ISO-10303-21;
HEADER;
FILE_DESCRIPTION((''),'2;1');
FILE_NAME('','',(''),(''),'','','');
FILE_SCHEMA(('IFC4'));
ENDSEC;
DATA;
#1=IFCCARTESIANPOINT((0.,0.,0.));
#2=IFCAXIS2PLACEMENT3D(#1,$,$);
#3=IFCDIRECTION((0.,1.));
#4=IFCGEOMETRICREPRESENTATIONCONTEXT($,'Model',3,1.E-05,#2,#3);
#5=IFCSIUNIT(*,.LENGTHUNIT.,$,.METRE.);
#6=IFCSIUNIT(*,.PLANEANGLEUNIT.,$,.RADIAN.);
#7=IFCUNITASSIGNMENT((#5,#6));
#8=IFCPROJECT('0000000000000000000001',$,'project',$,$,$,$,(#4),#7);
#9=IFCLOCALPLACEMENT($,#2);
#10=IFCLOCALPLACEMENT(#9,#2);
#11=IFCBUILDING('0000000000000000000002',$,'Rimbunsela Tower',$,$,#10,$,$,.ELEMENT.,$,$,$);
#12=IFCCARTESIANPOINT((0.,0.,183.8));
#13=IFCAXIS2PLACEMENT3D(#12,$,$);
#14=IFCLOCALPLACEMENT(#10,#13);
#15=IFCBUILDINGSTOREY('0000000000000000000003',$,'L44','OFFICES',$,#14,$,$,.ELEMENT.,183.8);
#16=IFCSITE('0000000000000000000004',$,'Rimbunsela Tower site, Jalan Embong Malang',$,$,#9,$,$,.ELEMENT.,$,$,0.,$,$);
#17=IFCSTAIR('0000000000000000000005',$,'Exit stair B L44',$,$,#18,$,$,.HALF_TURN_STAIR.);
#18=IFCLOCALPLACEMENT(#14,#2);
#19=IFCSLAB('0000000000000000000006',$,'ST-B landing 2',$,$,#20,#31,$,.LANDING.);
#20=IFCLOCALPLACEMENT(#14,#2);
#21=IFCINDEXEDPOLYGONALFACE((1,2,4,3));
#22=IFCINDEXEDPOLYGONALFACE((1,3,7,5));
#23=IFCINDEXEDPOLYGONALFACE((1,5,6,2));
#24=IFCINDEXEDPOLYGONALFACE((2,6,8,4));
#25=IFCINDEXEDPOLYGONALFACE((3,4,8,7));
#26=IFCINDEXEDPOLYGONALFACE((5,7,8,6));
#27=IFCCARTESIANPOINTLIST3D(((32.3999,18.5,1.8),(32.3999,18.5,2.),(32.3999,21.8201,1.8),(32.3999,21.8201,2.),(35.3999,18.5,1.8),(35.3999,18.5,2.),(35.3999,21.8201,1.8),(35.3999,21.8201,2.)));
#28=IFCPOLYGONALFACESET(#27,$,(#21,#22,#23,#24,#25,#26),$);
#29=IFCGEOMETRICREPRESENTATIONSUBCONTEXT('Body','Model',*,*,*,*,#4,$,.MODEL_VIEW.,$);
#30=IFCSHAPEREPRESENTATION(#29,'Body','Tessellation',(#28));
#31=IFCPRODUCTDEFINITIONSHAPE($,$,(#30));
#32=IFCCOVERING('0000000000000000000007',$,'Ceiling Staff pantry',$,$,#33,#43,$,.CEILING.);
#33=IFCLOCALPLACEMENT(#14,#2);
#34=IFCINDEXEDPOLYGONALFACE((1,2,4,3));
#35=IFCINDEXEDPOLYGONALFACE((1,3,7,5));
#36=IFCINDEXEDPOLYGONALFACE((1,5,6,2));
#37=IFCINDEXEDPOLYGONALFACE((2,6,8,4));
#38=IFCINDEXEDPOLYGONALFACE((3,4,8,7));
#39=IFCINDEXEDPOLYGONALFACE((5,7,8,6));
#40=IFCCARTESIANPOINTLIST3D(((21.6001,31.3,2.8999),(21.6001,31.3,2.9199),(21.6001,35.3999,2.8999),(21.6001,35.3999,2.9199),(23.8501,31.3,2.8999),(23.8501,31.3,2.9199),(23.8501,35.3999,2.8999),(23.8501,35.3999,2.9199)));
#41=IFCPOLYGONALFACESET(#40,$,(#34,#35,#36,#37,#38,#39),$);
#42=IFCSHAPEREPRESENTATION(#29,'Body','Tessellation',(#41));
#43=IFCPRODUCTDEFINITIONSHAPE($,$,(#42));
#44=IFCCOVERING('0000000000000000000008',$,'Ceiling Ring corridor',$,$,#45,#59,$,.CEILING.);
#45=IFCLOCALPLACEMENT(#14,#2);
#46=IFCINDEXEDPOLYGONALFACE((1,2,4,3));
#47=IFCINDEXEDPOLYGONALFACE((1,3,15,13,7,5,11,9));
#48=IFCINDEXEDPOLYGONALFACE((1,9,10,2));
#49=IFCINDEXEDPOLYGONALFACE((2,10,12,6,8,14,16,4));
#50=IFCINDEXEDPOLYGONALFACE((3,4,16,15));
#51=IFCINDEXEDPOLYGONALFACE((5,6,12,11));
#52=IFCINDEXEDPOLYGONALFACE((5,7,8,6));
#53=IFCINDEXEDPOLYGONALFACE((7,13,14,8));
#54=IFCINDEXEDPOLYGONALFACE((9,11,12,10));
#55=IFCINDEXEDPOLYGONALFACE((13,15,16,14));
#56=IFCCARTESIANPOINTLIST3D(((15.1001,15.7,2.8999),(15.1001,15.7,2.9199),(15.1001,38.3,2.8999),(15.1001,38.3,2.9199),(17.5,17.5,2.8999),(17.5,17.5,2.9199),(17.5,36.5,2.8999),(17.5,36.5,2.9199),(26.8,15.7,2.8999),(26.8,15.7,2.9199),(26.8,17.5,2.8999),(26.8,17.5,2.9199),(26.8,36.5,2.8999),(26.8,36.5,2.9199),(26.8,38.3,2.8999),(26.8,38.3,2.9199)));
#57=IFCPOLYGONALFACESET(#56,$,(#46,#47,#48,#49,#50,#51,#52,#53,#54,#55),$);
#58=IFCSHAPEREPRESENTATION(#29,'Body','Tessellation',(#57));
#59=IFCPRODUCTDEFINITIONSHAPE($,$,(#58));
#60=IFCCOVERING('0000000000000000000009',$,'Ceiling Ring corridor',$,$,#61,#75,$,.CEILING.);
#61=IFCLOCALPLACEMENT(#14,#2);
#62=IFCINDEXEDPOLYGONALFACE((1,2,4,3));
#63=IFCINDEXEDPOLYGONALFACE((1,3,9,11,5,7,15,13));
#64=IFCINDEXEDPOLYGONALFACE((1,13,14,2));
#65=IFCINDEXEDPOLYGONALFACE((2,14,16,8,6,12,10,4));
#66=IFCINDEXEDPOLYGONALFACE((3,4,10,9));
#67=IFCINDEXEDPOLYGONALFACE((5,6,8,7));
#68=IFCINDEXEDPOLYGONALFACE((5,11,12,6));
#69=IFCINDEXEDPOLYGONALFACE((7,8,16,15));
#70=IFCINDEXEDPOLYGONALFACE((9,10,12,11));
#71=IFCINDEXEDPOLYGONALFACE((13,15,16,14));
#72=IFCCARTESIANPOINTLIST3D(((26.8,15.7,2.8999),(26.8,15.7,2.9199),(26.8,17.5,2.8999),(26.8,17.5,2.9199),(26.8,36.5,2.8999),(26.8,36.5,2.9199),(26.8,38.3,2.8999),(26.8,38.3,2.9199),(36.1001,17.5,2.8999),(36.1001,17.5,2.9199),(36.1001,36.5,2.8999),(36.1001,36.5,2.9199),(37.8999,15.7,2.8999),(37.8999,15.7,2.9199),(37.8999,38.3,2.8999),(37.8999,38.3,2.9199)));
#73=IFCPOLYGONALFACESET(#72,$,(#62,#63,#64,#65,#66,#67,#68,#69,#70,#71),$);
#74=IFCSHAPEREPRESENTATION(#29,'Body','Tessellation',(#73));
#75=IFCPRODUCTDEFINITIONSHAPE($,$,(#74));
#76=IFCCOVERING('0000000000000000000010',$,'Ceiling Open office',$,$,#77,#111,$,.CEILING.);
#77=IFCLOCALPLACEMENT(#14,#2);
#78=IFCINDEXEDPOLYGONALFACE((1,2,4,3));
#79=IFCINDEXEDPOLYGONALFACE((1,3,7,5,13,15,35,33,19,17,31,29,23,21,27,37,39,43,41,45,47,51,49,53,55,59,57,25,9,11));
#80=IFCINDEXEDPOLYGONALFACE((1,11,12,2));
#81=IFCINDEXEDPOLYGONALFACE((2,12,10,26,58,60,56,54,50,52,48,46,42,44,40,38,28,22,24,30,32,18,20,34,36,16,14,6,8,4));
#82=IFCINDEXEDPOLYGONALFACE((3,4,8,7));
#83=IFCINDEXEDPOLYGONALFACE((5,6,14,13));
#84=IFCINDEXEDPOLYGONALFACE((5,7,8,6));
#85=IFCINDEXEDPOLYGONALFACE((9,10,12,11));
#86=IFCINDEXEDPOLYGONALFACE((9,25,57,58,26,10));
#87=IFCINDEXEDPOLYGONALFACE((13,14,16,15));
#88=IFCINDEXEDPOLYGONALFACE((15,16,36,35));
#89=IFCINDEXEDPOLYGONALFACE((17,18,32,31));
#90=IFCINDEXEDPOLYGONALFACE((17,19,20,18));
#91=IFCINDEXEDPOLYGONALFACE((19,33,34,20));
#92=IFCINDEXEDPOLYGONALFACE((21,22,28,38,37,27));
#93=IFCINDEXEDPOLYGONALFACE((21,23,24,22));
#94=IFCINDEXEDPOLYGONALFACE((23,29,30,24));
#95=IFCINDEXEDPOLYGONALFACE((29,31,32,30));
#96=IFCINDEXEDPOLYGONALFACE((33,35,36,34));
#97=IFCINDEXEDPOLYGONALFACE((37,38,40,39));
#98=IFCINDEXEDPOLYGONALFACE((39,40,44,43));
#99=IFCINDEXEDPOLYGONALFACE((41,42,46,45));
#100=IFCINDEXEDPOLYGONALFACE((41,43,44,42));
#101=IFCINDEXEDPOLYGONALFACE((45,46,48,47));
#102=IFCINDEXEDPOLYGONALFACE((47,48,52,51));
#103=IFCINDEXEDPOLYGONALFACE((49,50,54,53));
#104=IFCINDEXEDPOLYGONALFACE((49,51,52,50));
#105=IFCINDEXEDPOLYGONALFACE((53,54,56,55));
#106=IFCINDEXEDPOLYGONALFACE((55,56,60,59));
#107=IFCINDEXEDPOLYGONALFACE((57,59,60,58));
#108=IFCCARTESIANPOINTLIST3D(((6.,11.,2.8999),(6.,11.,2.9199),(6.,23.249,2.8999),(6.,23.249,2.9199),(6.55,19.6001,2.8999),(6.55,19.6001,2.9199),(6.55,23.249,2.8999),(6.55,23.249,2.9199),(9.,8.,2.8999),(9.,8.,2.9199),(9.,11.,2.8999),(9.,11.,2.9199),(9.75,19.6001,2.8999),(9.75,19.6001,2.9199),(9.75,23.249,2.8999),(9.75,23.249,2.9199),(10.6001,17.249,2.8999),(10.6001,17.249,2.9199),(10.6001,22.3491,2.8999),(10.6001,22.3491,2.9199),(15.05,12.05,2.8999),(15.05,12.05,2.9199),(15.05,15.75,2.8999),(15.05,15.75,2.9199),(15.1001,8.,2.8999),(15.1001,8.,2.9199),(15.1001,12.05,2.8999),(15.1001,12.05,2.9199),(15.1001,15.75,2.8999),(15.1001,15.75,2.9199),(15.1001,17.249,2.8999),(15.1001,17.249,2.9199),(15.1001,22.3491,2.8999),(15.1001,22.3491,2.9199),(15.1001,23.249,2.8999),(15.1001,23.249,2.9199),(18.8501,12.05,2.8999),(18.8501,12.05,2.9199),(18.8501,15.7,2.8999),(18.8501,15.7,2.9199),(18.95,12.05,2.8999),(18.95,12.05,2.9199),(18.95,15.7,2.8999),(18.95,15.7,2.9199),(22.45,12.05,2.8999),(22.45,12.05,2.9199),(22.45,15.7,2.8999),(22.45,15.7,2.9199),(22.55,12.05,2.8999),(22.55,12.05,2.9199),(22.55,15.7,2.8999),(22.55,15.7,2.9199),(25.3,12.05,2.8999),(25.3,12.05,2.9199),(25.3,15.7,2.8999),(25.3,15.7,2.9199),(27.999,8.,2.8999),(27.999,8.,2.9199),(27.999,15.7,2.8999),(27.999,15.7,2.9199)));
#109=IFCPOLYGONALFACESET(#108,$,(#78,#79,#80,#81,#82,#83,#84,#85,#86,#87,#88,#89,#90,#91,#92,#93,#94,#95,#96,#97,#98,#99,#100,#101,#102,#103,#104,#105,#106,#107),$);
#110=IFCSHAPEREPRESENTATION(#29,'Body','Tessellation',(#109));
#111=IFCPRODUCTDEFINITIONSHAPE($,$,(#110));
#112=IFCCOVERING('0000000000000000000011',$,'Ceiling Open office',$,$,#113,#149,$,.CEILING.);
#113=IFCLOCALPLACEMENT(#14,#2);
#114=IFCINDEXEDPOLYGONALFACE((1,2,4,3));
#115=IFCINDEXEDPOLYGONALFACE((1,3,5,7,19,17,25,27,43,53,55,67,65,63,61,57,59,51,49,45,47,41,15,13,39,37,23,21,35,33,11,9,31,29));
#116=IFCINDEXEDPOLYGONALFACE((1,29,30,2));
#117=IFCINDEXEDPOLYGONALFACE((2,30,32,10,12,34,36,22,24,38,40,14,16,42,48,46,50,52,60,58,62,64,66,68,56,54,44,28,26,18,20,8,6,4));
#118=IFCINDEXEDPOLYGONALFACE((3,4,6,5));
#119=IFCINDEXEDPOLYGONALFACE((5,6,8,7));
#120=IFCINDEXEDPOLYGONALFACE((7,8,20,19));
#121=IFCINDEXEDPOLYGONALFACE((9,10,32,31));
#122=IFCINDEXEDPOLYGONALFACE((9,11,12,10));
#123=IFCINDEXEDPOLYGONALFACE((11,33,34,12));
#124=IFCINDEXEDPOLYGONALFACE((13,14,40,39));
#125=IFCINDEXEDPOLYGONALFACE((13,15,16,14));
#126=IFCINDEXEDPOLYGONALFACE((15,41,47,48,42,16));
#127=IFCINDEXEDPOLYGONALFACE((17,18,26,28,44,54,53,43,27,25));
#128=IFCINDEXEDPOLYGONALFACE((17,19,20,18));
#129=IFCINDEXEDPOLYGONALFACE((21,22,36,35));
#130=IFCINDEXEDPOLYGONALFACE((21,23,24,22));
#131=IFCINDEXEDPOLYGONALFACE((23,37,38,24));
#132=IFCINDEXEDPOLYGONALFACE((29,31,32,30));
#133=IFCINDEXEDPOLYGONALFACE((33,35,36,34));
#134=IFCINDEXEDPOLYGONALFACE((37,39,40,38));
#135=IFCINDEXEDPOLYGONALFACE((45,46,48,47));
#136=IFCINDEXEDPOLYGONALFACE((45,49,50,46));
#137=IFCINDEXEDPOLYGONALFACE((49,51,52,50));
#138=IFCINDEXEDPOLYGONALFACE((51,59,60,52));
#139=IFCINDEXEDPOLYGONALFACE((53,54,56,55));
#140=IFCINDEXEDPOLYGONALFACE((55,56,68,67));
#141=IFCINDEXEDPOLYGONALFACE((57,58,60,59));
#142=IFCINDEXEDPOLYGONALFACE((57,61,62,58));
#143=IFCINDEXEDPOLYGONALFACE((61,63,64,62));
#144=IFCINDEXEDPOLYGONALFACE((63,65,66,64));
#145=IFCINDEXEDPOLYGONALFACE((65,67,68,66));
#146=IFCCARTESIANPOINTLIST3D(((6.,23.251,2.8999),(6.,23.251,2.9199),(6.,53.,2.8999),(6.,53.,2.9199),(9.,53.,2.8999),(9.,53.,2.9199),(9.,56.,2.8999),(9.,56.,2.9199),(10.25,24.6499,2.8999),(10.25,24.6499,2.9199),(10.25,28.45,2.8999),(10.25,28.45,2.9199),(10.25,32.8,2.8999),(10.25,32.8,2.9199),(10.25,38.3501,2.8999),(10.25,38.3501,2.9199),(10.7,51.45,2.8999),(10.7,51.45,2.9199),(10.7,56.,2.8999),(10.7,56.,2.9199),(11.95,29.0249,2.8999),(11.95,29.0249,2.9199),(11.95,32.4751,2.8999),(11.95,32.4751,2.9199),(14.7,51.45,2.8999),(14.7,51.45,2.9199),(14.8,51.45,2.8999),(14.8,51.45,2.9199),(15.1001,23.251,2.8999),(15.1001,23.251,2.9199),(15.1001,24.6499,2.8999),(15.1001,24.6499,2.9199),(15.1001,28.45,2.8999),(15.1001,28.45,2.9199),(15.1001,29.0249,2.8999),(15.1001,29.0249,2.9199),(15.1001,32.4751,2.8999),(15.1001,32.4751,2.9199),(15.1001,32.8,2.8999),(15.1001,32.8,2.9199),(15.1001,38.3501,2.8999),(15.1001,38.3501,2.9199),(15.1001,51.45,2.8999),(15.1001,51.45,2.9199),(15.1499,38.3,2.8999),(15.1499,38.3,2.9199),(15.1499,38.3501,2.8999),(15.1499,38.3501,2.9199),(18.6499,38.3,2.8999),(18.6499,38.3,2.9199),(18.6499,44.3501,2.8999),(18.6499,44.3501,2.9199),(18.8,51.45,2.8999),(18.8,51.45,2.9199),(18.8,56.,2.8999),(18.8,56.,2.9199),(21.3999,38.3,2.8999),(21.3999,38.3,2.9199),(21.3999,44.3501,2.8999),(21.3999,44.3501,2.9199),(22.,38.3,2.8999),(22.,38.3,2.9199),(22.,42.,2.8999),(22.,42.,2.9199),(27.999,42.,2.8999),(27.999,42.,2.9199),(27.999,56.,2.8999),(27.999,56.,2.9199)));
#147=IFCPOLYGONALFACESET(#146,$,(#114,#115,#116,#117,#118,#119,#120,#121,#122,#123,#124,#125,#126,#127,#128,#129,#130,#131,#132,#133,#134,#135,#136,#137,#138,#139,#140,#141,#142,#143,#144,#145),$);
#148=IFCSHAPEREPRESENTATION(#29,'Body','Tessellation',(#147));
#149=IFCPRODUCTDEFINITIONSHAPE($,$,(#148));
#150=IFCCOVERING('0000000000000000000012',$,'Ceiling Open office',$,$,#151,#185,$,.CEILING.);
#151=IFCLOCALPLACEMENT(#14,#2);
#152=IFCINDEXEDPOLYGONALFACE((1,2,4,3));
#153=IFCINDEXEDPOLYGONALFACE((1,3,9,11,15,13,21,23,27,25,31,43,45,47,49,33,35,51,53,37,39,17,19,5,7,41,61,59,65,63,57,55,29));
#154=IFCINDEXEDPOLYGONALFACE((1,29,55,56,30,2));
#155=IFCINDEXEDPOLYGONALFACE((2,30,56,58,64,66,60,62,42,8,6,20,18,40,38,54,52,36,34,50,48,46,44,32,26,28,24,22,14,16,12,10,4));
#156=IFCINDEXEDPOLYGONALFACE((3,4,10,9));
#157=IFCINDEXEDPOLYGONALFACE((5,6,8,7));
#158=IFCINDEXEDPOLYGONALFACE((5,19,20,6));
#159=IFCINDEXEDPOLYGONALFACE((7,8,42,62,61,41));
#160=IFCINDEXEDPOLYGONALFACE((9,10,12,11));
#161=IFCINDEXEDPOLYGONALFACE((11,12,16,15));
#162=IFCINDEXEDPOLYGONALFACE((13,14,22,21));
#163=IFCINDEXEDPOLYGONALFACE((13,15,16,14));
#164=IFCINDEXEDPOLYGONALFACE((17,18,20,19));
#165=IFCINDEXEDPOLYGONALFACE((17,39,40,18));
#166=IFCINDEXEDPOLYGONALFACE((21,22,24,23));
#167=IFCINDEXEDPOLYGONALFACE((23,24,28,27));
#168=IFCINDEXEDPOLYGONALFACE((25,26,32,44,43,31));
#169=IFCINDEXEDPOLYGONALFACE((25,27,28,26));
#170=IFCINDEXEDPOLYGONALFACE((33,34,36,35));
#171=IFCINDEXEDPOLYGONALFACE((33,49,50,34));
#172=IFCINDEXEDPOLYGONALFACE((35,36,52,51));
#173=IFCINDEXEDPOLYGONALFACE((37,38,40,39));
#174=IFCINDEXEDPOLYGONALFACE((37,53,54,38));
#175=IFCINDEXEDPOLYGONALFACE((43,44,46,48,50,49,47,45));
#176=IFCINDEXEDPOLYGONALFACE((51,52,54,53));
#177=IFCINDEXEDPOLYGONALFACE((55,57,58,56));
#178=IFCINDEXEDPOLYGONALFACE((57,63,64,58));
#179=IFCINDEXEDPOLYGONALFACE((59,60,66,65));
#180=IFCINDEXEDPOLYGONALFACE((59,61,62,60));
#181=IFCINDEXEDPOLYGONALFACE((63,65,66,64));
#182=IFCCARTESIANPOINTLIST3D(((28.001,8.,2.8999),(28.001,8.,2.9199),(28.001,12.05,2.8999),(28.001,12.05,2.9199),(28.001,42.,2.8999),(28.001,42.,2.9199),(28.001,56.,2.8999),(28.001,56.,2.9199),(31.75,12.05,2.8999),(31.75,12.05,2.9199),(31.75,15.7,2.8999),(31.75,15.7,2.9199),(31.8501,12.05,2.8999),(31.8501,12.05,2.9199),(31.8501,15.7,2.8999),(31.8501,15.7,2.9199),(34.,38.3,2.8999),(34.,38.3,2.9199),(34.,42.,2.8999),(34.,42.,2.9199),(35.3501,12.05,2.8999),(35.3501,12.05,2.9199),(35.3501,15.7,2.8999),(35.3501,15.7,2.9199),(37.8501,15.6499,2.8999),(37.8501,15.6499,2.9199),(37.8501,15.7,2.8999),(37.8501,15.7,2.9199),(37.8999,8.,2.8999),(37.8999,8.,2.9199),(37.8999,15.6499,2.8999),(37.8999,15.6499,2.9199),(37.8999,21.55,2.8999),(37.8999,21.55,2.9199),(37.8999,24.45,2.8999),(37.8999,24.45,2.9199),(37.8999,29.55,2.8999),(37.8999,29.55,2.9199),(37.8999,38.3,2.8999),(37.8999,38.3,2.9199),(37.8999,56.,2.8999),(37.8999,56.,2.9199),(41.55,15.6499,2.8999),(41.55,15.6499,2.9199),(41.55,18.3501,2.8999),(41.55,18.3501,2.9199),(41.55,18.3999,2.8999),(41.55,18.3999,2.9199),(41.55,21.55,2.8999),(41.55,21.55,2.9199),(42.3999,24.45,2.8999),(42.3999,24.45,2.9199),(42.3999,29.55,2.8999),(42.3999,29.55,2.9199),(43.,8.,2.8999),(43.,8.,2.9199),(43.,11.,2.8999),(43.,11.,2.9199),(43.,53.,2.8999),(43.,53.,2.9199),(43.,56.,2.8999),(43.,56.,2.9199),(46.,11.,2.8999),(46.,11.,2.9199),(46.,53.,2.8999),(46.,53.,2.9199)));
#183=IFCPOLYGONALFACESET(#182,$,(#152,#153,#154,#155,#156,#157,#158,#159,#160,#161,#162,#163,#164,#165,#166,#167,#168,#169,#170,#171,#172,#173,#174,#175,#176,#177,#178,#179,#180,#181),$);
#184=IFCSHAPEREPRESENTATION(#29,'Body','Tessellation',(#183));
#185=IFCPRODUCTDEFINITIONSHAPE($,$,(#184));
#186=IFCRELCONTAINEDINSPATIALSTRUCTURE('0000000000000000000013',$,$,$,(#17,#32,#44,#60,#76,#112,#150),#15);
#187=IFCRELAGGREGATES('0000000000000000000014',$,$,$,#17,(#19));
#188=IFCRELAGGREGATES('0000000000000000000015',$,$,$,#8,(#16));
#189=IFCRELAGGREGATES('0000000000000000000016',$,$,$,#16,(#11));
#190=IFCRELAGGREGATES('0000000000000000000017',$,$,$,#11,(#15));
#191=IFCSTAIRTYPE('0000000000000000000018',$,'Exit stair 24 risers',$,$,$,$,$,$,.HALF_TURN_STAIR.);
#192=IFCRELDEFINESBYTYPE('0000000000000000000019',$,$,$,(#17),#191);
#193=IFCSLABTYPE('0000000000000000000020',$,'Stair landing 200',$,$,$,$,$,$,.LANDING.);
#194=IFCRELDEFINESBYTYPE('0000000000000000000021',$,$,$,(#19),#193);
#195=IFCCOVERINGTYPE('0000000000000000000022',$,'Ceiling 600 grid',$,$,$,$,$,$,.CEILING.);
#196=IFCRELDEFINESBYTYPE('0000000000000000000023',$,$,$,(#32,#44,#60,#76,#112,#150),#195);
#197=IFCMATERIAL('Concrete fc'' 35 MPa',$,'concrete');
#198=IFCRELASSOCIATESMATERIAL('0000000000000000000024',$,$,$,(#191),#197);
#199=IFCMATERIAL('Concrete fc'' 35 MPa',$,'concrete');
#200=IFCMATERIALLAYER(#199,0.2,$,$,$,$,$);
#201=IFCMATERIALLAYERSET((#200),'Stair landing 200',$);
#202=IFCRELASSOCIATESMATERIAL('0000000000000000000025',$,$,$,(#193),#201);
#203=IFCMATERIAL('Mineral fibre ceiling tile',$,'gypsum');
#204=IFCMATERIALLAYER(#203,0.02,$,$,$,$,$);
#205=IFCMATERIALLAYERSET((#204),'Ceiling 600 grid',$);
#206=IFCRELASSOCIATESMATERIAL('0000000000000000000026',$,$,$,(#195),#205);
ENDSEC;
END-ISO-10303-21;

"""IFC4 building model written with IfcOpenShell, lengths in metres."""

from ifc_helpers import new_model, si_unit, direction, frame, origin, place, context, subcontext, project, spatial, polyline, outline, extrude, material, layer, layer_set, type_object, element, aggregate, save


model = new_model("IFC4")

# Units and contexts
model_context = context("Model", 3, precision=1e-05, world=origin(), true_north=direction((0.0, 1.0)))
body_context = subcontext(model_context, "Body", "Model", "MODEL_VIEW")
ifc_project = project(units=[si_unit("LENGTHUNIT", "METRE"), si_unit("PLANEANGLEUNIT", "RADIAN")], contexts=[model_context])

# Site, building, storey
site_placement = place(None, origin())
site = spatial("IfcSite", under=ifc_project, at=site_placement, Name="Rimbunsela Tower site, Jalan Embong Malang", CompositionType="ELEMENT", RefElevation=0.0)
building_placement = place(site_placement, origin())
building = spatial("IfcBuilding", under=site, at=building_placement, Name="Rimbunsela Tower", CompositionType="ELEMENT")
storey_placement = place(building_placement, frame((0.0, 0.0, 183.8)))
storey = spatial("IfcBuildingStorey", under=building, at=storey_placement, Name="L44", Description="OFFICES", CompositionType="ELEMENT", Elevation=183.8)

# Stair, slab
ifc_material_1 = material(Name="Concrete fc' 35 MPa", Category="concrete")
stair_type = type_object("IfcStairType", Name="Exit stair 24 risers", PredefinedType="HALF_TURN_STAIR", material=ifc_material_1)
stair_placement = place(storey_placement, origin())
stair = element("IfcStair", 1, at=stair_placement, inside=storey, type_object=stair_type, Name="Exit stair B L44", PredefinedType="HALF_TURN_STAIR")
ifc_material_2 = material(Name="Concrete fc' 35 MPa", Category="concrete")
ifc_layer_1 = layer(ifc_material_2, 0.2)
ifc_layer_set_1 = layer_set([ifc_layer_1], Name="Stair landing 200")
slab_type = type_object("IfcSlabType", Name="Stair landing 200", PredefinedType="LANDING", material=ifc_layer_set_1)
slab_placement = place(storey_placement, frame((0.0, 0.0, 1.8)))
slab = element("IfcSlab", 2, at=slab_placement, type_object=slab_type, Name="ST-B landing 2", PredefinedType="LANDING", context=body_context, shape_type="SweptSolid", body=[
    extrude(outline(polyline([(32.3999, 18.5), (35.3999, 18.5), (35.3999, 21.8201), (32.3999, 21.8201), (32.3999, 18.5)])), origin(), (0.0, 0.0, 1.0), 0.2),
])
aggregate(stair, [slab])

# Coverings
ifc_material_3 = material(Name="Mineral fibre ceiling tile", Category="gypsum")
ifc_layer_2 = layer(ifc_material_3, 0.02)
ifc_layer_set_2 = layer_set([ifc_layer_2], Name="Ceiling 600 grid")
covering_type_1 = type_object("IfcCoveringType", Name="Ceiling 600 grid", PredefinedType="CEILING", material=ifc_layer_set_2)
covering_1_placement = place(storey_placement, frame((0.0, 0.0, 2.8999)))
element("IfcCovering", 3, at=covering_1_placement, inside=storey, type_object=covering_type_1, Name="Ceiling Staff pantry", PredefinedType="CEILING", context=body_context, shape_type="SweptSolid", body=[
    extrude(outline(polyline([(23.8501, 31.3), (23.8501, 35.3999), (21.6001, 35.3999), (21.6001, 31.3), (23.8501, 31.3)])), origin(), (0.0, 0.0, 1.0), 0.02),
])
covering_2_placement = place(storey_placement, frame((0.0, 0.0, 2.8999)))
element("IfcCovering", 4, at=covering_2_placement, inside=storey, type_object=covering_type_1, Name="Ceiling Ring corridor", PredefinedType="CEILING", context=body_context, shape_type="SweptSolid", body=[
    extrude(outline(polyline([(15.1001, 38.3), (26.8, 38.3), (26.8, 36.5), (17.5, 36.5), (17.5, 17.5), (26.8, 17.5), (26.8, 15.7), (15.1001, 15.7), (15.1001, 38.3)])), origin(), (0.0, 0.0, 1.0), 0.02),
])
covering_3_placement = place(storey_placement, frame((0.0, 0.0, 2.8999)))
element("IfcCovering", 5, at=covering_3_placement, inside=storey, type_object=covering_type_1, Name="Ceiling Ring corridor", PredefinedType="CEILING", context=body_context, shape_type="SweptSolid", body=[
    extrude(outline(polyline([(37.8999, 38.3), (37.8999, 15.7), (26.8, 15.7), (26.8, 17.5), (36.1001, 17.5), (36.1001, 36.5), (26.8, 36.5), (26.8, 38.3), (37.8999, 38.3)])), origin(), (0.0, 0.0, 1.0), 0.02),
])
covering_4_placement = place(storey_placement, frame((0.0, 0.0, 2.8999)))
element("IfcCovering", 6, at=covering_4_placement, inside=storey, type_object=covering_type_1, Name="Ceiling Open office", PredefinedType="CEILING", context=body_context, shape_type="SweptSolid", body=[
    extrude(outline(polyline([(18.8501, 15.7), (18.95, 15.7), (18.95, 12.05), (22.45, 12.05), (22.45, 15.7), (22.55, 15.7), (22.55, 12.05), (25.3, 12.05), (25.3, 15.7), (27.999, 15.7), (27.999, 8.0), (15.1001, 8.0), (9.0, 8.0), (9.0, 11.0), (6.0, 11.0), (6.0, 23.249), (6.55, 23.249), (6.55, 19.6001), (9.75, 19.6001), (9.75, 23.249), (15.1001, 23.249), (15.1001, 22.3491), (10.6001, 22.3491), (10.6001, 17.249), (15.1001, 17.249), (15.1001, 15.75), (15.05, 15.75), (15.05, 12.05), (15.1001, 12.05), (18.8501, 12.05), (18.8501, 15.7)])), origin(), (0.0, 0.0, 1.0), 0.02),
])
covering_5_placement = place(storey_placement, frame((0.0, 0.0, 2.8999)))
element("IfcCovering", 7, at=covering_5_placement, inside=storey, type_object=covering_type_1, Name="Ceiling Open office", PredefinedType="CEILING", context=body_context, shape_type="SweptSolid", body=[
    extrude(outline(polyline([(14.7, 51.45), (14.8, 51.45), (15.1001, 51.45), (18.8, 51.45), (18.8, 56.0), (27.999, 56.0), (27.999, 42.0), (22.0, 42.0), (22.0, 38.3), (21.3999, 38.3), (21.3999, 44.3501), (18.6499, 44.3501), (18.6499, 38.3), (15.1499, 38.3), (15.1499, 38.3501), (15.1001, 38.3501), (10.25, 38.3501), (10.25, 32.8), (15.1001, 32.8), (15.1001, 32.4751), (11.95, 32.4751), (11.95, 29.0249), (15.1001, 29.0249), (15.1001, 28.45), (10.25, 28.45), (10.25, 24.6499), (15.1001, 24.6499), (15.1001, 23.251), (6.0, 23.251), (6.0, 53.0), (9.0, 53.0), (9.0, 56.0), (10.7, 56.0), (10.7, 51.45), (14.7, 51.45)])), origin(), (0.0, 0.0, 1.0), 0.02),
])
covering_6_placement = place(storey_placement, frame((0.0, 0.0, 2.8999)))
element("IfcCovering", 8, at=covering_6_placement, inside=storey, type_object=covering_type_1, Name="Ceiling Open office", PredefinedType="CEILING", context=body_context, shape_type="SweptSolid", body=[
    extrude(outline(polyline([(28.001, 12.05), (31.75, 12.05), (31.75, 15.7), (31.8501, 15.7), (31.8501, 12.05), (35.3501, 12.05), (35.3501, 15.7), (37.8501, 15.7), (37.8501, 15.6499), (37.8999, 15.6499), (41.55, 15.6499), (41.55, 18.3501), (41.55, 18.3999), (41.55, 21.55), (37.8999, 21.55), (37.8999, 24.45), (42.3999, 24.45), (42.3999, 29.55), (37.8999, 29.55), (37.8999, 38.3), (34.0, 38.3), (34.0, 42.0), (28.001, 42.0), (28.001, 56.0), (37.8999, 56.0), (43.0, 56.0), (43.0, 53.0), (46.0, 53.0), (46.0, 11.0), (43.0, 11.0), (43.0, 8.0), (37.8999, 8.0), (28.001, 8.0), (28.001, 12.05)])), origin(), (0.0, 0.0, 1.0), 0.02),
])

save(model, "model.ifc")
